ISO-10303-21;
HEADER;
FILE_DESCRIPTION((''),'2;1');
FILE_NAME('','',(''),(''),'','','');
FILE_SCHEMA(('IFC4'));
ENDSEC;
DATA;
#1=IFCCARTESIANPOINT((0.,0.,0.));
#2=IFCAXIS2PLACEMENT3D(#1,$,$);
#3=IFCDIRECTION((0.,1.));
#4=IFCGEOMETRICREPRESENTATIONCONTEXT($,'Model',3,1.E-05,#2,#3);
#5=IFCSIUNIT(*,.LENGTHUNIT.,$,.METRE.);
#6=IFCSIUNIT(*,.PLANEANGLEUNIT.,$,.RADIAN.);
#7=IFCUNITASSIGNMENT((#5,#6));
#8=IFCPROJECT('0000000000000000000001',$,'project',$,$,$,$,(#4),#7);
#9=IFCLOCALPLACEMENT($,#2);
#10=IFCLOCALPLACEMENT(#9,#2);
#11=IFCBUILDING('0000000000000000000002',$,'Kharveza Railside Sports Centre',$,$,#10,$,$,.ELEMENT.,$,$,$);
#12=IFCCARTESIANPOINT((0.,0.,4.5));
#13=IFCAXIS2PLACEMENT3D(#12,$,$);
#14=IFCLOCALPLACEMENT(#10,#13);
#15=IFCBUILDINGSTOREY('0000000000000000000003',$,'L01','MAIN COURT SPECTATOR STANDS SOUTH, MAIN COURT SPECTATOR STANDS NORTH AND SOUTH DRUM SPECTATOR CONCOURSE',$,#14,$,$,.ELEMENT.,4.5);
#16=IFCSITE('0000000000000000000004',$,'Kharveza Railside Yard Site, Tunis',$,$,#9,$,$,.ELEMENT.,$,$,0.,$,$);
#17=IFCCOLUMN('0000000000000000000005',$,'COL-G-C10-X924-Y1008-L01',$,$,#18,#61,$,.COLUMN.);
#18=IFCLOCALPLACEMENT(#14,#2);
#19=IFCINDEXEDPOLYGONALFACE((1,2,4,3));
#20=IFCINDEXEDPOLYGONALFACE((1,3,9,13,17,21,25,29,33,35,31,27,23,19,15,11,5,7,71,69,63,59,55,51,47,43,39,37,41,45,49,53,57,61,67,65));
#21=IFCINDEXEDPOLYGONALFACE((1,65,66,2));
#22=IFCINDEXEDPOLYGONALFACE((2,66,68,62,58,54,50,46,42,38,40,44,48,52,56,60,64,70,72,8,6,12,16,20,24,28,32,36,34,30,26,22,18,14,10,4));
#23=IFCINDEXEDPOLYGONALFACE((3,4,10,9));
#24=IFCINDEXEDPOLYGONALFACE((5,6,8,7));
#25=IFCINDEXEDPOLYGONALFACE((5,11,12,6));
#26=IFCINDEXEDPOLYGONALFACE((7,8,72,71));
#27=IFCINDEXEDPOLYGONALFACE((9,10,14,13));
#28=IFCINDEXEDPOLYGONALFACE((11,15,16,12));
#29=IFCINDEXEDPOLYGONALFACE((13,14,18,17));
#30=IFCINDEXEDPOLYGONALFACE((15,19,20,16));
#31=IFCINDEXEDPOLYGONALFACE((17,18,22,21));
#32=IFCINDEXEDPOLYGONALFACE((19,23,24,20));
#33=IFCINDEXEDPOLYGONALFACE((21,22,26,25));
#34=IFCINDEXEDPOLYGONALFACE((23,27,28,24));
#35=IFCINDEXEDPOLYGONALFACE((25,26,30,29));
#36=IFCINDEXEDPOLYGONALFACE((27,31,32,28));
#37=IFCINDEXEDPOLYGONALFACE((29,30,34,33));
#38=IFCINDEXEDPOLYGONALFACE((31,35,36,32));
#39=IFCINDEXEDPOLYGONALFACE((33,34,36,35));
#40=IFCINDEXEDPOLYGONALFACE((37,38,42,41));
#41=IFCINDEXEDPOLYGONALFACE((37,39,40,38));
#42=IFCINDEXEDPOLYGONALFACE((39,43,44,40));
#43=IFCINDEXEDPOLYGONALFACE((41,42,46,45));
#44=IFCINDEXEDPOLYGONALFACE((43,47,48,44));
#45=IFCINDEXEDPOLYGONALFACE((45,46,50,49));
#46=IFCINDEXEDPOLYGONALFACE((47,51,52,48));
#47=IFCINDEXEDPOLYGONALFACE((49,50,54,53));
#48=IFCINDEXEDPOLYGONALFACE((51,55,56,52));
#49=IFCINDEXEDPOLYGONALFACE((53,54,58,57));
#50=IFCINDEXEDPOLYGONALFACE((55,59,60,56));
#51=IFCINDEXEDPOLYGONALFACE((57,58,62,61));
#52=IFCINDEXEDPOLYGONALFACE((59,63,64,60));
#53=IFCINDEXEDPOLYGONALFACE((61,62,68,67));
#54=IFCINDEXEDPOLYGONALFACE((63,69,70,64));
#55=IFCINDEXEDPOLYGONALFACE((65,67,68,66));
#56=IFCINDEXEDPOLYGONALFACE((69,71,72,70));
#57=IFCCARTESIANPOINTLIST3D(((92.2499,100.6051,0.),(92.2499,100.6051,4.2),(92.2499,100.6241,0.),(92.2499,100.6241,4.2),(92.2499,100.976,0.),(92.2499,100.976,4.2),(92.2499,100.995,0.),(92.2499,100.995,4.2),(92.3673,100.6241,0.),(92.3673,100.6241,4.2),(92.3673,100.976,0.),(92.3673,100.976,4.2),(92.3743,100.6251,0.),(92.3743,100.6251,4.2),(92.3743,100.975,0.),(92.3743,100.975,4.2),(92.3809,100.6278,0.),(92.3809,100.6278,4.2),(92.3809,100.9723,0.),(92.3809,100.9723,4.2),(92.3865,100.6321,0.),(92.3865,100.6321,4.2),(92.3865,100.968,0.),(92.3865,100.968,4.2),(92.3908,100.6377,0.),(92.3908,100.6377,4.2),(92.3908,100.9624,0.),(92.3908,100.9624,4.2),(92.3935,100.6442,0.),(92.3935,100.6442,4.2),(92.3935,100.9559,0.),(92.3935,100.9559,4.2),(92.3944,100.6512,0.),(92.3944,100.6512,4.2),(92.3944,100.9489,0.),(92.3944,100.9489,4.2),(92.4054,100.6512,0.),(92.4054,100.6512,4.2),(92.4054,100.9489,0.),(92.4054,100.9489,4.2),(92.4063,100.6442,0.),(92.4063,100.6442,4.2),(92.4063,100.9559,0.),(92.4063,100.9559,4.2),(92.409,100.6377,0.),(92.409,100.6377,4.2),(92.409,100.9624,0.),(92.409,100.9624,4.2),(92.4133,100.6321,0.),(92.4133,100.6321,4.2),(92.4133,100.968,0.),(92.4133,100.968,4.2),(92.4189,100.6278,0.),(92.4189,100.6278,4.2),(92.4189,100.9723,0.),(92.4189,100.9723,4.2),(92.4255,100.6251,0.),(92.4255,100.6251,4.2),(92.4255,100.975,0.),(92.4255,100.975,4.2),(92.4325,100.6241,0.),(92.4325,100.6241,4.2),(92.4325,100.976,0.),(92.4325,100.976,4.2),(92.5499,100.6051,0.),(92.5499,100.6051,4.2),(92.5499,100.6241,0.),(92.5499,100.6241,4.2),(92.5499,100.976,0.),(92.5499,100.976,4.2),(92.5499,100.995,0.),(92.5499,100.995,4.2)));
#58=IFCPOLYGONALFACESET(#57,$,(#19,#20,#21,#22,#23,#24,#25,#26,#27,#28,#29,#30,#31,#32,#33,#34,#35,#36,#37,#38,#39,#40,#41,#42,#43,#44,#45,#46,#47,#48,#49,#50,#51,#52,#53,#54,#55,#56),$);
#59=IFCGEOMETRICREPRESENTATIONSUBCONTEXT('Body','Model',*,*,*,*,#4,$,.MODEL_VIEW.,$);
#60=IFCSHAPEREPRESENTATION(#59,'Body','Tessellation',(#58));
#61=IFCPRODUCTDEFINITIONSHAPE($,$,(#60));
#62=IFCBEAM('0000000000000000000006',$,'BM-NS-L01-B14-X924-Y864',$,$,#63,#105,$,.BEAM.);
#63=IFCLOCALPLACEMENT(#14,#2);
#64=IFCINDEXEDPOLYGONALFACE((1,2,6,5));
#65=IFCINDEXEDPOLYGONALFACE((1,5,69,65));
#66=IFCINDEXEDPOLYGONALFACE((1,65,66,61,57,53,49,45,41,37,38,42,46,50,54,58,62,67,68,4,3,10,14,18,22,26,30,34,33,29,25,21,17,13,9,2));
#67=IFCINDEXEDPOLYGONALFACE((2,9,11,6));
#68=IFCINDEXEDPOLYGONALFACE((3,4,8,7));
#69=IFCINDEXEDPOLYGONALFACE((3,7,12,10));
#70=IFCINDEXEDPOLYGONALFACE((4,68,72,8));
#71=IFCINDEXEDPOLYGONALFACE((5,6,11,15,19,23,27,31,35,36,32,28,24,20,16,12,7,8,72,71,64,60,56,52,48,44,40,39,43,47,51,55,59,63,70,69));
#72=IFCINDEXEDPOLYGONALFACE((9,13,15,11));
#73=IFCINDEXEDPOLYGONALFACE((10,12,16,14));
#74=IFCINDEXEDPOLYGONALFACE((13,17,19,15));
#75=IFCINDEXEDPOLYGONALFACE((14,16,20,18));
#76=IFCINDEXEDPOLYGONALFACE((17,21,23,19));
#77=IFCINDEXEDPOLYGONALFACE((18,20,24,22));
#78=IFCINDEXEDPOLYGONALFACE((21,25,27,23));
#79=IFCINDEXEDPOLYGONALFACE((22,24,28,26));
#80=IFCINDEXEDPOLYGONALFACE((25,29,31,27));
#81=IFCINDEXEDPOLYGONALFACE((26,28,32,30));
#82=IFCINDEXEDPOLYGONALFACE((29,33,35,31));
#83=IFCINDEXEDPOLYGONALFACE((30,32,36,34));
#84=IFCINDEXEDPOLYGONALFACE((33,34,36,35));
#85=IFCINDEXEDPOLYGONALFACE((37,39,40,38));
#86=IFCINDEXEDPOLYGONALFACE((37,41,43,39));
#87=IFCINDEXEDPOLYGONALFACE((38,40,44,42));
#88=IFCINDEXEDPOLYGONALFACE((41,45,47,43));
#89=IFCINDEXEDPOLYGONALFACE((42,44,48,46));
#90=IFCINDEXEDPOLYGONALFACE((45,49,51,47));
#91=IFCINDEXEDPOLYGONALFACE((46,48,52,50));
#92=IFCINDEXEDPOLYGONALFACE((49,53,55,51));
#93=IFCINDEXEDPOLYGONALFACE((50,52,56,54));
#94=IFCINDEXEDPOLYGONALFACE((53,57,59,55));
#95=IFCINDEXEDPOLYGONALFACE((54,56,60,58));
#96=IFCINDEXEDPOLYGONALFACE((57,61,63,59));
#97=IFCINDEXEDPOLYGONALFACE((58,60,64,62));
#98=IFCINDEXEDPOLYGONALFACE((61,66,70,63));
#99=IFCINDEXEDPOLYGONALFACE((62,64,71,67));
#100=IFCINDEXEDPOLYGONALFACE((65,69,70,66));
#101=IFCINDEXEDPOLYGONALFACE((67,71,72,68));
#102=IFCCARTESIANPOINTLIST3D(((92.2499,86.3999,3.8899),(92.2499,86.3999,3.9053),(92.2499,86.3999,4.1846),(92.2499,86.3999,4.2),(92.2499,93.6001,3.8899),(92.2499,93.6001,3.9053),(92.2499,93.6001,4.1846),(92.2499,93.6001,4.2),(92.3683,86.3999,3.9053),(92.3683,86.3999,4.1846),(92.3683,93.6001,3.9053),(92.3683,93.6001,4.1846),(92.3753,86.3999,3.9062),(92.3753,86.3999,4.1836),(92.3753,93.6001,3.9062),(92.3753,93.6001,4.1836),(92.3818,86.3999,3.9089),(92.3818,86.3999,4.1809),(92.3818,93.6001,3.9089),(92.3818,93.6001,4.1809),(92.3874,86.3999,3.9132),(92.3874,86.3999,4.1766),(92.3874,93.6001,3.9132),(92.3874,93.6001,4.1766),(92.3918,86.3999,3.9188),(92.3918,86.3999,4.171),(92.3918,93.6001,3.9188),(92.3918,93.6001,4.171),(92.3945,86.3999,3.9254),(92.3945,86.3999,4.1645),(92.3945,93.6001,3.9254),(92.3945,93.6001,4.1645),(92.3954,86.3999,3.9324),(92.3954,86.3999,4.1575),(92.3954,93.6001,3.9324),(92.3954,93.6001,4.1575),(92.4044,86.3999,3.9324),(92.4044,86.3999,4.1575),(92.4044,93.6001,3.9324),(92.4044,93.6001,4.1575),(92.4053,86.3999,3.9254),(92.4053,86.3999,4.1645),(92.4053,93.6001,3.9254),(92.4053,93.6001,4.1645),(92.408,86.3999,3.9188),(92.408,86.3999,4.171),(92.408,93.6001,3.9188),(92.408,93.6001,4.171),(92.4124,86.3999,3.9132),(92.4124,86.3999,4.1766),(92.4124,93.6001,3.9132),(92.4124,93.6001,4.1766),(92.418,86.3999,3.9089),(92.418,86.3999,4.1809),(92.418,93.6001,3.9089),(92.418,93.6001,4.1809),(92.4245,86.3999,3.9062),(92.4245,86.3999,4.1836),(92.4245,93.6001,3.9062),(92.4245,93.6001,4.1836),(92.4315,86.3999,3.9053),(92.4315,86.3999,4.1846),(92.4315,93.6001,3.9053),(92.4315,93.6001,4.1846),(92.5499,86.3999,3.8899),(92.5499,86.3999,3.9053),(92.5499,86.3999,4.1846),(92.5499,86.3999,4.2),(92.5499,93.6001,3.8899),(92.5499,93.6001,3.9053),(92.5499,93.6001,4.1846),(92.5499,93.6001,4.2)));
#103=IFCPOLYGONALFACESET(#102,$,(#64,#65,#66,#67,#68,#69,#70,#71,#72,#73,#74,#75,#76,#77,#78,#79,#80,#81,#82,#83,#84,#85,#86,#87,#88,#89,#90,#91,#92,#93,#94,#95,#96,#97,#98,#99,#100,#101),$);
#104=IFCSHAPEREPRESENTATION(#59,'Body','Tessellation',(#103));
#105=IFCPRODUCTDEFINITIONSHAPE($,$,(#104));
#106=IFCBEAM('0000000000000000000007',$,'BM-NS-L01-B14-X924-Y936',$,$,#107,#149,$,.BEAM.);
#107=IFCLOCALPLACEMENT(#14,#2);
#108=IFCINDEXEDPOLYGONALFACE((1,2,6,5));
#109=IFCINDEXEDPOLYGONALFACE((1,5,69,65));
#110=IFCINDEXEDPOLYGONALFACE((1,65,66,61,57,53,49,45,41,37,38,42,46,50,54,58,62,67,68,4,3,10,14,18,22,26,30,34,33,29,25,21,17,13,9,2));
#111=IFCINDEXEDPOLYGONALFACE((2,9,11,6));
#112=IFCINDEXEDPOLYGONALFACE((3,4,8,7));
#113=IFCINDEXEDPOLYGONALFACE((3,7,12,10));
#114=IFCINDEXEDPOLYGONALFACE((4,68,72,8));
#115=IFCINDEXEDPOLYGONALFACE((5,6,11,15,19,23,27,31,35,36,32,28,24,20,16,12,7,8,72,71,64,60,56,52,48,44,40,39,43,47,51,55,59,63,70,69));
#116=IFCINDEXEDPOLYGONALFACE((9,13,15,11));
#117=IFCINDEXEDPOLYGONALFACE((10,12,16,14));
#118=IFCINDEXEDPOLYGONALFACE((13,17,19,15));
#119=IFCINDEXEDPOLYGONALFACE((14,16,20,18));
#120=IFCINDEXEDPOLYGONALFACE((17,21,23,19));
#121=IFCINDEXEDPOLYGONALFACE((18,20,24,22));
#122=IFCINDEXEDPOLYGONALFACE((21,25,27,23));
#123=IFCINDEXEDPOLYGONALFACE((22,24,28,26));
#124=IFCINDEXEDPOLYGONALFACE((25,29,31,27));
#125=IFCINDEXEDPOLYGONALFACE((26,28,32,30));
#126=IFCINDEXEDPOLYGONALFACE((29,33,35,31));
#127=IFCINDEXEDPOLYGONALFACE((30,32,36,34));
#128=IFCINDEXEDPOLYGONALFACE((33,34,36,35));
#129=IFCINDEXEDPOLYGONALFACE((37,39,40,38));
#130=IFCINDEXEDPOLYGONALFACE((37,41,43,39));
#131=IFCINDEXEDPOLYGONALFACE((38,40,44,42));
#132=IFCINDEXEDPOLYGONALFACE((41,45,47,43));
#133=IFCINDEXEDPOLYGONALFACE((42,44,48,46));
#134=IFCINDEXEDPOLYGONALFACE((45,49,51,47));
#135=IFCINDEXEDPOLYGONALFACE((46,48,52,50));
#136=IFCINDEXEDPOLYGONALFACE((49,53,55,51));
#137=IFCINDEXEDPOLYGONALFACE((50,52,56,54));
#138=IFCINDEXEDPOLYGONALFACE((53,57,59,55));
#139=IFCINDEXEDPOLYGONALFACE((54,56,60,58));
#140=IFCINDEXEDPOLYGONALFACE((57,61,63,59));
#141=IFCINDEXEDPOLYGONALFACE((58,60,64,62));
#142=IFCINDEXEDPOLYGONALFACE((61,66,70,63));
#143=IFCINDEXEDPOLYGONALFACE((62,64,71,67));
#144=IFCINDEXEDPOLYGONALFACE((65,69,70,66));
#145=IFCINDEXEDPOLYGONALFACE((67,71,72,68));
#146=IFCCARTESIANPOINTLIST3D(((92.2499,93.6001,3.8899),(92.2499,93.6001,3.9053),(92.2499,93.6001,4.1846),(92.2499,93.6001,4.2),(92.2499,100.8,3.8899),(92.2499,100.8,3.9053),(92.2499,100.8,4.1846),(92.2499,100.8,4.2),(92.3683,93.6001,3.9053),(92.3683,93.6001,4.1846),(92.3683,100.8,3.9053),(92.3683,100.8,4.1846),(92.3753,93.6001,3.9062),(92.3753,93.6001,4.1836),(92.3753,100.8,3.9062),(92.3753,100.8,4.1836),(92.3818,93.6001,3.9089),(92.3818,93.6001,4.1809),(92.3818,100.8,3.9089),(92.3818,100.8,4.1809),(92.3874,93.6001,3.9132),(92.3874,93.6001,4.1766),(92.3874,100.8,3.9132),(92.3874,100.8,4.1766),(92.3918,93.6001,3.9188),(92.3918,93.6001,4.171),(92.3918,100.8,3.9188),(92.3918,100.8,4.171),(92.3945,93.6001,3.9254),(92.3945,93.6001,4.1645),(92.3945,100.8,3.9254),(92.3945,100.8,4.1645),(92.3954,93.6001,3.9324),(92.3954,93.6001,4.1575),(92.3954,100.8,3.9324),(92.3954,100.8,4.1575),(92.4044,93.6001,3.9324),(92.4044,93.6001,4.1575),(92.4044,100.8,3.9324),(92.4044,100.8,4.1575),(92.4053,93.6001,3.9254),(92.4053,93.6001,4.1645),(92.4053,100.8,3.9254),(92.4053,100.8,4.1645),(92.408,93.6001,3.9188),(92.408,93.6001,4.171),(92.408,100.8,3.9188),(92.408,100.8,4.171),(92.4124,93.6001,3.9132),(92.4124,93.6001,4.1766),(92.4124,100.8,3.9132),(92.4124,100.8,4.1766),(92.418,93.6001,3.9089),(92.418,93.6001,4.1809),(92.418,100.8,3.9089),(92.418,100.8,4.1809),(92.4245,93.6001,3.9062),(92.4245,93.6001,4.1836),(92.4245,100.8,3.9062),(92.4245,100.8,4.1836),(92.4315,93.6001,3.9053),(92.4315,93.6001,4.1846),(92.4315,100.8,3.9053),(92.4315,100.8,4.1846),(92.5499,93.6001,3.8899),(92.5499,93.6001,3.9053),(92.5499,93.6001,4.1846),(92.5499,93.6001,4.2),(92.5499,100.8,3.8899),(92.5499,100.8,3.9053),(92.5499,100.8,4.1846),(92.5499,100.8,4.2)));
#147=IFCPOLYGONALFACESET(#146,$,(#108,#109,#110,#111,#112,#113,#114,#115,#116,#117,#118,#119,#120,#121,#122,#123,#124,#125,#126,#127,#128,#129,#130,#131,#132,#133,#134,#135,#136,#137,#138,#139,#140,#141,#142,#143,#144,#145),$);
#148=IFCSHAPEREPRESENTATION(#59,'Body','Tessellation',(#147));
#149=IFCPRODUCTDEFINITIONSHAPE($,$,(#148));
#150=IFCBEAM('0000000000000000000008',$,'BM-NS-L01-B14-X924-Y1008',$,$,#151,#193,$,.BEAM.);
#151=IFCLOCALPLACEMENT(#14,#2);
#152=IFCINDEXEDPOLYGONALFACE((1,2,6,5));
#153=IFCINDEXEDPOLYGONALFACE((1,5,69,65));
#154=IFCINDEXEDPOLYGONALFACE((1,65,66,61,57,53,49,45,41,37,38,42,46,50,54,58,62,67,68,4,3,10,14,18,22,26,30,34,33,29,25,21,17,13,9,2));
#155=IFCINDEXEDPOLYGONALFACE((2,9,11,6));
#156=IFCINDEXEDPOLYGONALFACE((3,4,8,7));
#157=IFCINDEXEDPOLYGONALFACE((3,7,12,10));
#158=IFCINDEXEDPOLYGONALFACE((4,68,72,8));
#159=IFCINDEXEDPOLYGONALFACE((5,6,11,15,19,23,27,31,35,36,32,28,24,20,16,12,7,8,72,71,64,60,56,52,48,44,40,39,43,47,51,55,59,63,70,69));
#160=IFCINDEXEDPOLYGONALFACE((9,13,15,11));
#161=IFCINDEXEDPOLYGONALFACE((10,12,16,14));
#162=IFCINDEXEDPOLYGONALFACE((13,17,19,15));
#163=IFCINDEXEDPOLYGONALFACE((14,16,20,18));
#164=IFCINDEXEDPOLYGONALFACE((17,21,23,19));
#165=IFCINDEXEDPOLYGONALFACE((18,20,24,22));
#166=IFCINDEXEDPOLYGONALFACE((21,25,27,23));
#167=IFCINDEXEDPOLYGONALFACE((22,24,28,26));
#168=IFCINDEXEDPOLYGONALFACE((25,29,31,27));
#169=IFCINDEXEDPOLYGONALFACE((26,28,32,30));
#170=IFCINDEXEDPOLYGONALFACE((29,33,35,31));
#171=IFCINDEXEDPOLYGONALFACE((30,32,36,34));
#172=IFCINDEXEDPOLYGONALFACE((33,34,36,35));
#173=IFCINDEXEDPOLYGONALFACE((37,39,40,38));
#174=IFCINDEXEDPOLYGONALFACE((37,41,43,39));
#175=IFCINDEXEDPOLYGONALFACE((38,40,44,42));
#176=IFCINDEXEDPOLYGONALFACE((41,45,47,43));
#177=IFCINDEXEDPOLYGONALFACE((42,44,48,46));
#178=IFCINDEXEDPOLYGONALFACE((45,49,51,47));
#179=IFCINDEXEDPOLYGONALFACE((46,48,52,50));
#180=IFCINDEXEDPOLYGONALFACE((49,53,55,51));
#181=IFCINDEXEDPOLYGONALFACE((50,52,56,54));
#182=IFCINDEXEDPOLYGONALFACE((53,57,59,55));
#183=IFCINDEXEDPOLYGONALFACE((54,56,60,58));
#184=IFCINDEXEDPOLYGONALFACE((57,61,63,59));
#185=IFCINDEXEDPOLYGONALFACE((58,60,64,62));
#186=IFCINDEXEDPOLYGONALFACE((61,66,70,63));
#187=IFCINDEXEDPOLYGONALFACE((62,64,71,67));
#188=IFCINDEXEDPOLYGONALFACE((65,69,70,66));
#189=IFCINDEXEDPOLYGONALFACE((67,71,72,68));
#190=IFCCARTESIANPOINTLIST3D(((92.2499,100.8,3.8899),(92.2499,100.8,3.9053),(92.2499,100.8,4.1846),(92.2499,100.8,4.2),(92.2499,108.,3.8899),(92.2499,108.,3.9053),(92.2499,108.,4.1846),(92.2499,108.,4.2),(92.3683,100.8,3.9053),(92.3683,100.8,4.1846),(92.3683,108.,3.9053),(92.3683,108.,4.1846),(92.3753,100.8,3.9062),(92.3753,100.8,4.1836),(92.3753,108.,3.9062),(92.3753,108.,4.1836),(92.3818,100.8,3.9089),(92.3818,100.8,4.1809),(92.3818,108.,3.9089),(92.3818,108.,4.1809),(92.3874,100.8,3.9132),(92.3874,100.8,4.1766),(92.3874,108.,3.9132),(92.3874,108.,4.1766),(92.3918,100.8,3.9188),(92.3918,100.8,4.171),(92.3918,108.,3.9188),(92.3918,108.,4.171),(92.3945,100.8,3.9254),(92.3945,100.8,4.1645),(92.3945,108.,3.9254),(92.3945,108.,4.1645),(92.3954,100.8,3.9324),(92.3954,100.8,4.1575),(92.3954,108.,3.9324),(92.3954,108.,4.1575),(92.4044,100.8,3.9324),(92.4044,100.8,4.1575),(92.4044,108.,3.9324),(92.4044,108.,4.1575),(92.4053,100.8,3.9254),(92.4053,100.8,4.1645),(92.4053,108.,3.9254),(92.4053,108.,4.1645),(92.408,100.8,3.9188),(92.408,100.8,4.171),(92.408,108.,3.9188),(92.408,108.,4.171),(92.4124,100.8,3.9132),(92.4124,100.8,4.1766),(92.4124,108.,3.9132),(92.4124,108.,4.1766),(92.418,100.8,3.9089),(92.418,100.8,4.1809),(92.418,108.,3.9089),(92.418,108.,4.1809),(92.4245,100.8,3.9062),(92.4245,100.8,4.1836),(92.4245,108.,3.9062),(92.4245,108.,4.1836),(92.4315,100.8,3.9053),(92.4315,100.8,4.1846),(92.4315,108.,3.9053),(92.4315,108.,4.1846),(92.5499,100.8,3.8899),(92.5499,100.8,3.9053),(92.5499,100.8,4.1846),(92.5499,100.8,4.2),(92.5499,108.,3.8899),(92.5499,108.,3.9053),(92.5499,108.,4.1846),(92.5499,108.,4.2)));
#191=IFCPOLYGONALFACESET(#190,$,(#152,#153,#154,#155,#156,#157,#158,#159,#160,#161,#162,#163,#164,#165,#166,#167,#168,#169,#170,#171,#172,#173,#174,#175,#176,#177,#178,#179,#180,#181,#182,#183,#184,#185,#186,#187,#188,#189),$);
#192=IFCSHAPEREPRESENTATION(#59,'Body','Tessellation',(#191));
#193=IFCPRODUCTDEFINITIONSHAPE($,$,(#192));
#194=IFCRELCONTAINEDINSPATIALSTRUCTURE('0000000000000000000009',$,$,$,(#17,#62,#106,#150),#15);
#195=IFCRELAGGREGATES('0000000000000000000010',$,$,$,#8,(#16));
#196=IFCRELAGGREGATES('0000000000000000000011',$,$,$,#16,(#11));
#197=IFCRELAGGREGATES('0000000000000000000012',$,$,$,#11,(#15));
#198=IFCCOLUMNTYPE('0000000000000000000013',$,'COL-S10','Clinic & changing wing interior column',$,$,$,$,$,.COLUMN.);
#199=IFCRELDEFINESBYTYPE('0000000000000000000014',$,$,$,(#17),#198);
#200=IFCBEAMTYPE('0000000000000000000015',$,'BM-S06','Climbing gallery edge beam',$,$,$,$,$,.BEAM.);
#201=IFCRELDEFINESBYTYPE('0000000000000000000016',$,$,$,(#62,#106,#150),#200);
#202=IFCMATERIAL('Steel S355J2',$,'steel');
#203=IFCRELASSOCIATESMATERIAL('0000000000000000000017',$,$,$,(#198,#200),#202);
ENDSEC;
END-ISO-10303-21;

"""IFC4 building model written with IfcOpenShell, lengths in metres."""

from ifc_helpers import new_model, si_unit, direction, frame, origin, origin_2d, place, context, subcontext, project, spatial, i_section, extrude, material, material_profile, profile_set, type_object, element, save


model = new_model("IFC4")

# Units and contexts
model_context = context("Model", 3, precision=1e-05, world=origin(), true_north=direction((0.0, 1.0)))
body_context = subcontext(model_context, "Body", "Model", "MODEL_VIEW")
ifc_project = project(units=[si_unit("LENGTHUNIT", "METRE"), si_unit("PLANEANGLEUNIT", "RADIAN")], contexts=[model_context])

# Site, building, storey
site_placement = place(None, origin())
site = spatial("IfcSite", under=ifc_project, at=site_placement, Name="Kharveza Railside Yard Site, Tunis", CompositionType="ELEMENT", RefElevation=0.0)
building_placement = place(site_placement, origin())
building = spatial("IfcBuilding", under=site, at=building_placement, Name="Kharveza Railside Sports Centre", CompositionType="ELEMENT")
storey_placement = place(building_placement, frame((0.0, 0.0, 4.5)))
storey = spatial("IfcBuildingStorey", under=building, at=storey_placement, Name="L01", Description="MAIN COURT SPECTATOR STANDS SOUTH, MAIN COURT SPECTATOR STANDS NORTH AND SOUTH DRUM SPECTATOR CONCOURSE", CompositionType="ELEMENT", Elevation=4.5)

# Column
ifc_material_1 = material(Name="Steel S355J2", Category="steel")
ifc_material_profile_1 = material_profile(ifc_material_1, i_section(OverallWidth=0.3, OverallDepth=0.3899, WebThickness=0.011, FlangeThickness=0.019, FilletRadius=0.0271, at=origin_2d()), Name="HEA 400")
ifc_profile_set_1 = profile_set([ifc_material_profile_1], Name="Steel S355J2")
column_type_1 = type_object("IfcColumnType", Name="COL-S10", Description="Clinic & changing wing interior column", PredefinedType="COLUMN", material=ifc_profile_set_1)
for number, where, z_axis, x_axis, name in (
    (1, (92.3999, 100.8, 0.0), (0.0, 0.0, 1.0), (1.0, 0.0, 0.0), "COL-G-C10-X924-Y1008-L01"),
):
    element("IfcColumn", number, at=place(storey_placement, frame(where, z_axis=z_axis, x_axis=x_axis)), inside=storey, type_object=column_type_1, Name=name, PredefinedType="COLUMN", context=body_context, shape_type="SweptSolid", body=[
        extrude(i_section(OverallWidth=0.3, OverallDepth=0.3899, WebThickness=0.011, FlangeThickness=0.019, FilletRadius=0.0271, at=origin_2d()), origin(), (0.0, 0.0, 1.0), 4.2),
    ])

# Beams
ifc_material_profile_2 = material_profile(ifc_material_1, i_section(OverallWidth=0.3, OverallDepth=0.3101, WebThickness=0.009, FlangeThickness=0.0154, FilletRadius=0.0271, at=origin_2d()), Name="HEA 320")
ifc_profile_set_2 = profile_set([ifc_material_profile_2], Name="Steel S355J2")
beam_type_1 = type_object("IfcBeamType", Name="BM-S06", Description="Climbing gallery edge beam", PredefinedType="BEAM", material=ifc_profile_set_2)
beam_1_placement = place(storey_placement, frame((92.3999, 86.3999, 4.0449), z_axis=(0.0, 1.0, 0.0), x_axis=(-1.0, 0.0, 0.0)))
element("IfcBeam", 2, at=beam_1_placement, inside=storey, type_object=beam_type_1, Name="BM-NS-L01-B14-X924-Y864", PredefinedType="BEAM", context=body_context, shape_type="SweptSolid", body=[
    extrude(i_section(OverallWidth=0.3, OverallDepth=0.3101, WebThickness=0.009, FlangeThickness=0.0154, FilletRadius=0.0271, at=origin_2d()), origin(), (0.0, 0.0, 1.0), 7.2002),
])
for number, where, z_axis, x_axis, name in (
    (3, (92.3999, 93.6001, 4.0449), (0.0, 1.0, 0.0), (-1.0, 0.0, 0.0), "BM-NS-L01-B14-X924-Y936"),
    (4, (92.3999, 100.8, 4.0449), (0.0, 1.0, 0.0), (-1.0, 0.0, 0.0), "BM-NS-L01-B14-X924-Y1008"),
):
    element("IfcBeam", number, at=place(storey_placement, frame(where, z_axis=z_axis, x_axis=x_axis)), inside=storey, type_object=beam_type_1, Name=name, PredefinedType="BEAM", context=body_context, shape_type="SweptSolid", body=[
        extrude(i_section(OverallWidth=0.3, OverallDepth=0.3101, WebThickness=0.009, FlangeThickness=0.0154, FilletRadius=0.0271, at=origin_2d()), origin(), (0.0, 0.0, 1.0), 7.2),
    ])

save(model, "model.ifc")
